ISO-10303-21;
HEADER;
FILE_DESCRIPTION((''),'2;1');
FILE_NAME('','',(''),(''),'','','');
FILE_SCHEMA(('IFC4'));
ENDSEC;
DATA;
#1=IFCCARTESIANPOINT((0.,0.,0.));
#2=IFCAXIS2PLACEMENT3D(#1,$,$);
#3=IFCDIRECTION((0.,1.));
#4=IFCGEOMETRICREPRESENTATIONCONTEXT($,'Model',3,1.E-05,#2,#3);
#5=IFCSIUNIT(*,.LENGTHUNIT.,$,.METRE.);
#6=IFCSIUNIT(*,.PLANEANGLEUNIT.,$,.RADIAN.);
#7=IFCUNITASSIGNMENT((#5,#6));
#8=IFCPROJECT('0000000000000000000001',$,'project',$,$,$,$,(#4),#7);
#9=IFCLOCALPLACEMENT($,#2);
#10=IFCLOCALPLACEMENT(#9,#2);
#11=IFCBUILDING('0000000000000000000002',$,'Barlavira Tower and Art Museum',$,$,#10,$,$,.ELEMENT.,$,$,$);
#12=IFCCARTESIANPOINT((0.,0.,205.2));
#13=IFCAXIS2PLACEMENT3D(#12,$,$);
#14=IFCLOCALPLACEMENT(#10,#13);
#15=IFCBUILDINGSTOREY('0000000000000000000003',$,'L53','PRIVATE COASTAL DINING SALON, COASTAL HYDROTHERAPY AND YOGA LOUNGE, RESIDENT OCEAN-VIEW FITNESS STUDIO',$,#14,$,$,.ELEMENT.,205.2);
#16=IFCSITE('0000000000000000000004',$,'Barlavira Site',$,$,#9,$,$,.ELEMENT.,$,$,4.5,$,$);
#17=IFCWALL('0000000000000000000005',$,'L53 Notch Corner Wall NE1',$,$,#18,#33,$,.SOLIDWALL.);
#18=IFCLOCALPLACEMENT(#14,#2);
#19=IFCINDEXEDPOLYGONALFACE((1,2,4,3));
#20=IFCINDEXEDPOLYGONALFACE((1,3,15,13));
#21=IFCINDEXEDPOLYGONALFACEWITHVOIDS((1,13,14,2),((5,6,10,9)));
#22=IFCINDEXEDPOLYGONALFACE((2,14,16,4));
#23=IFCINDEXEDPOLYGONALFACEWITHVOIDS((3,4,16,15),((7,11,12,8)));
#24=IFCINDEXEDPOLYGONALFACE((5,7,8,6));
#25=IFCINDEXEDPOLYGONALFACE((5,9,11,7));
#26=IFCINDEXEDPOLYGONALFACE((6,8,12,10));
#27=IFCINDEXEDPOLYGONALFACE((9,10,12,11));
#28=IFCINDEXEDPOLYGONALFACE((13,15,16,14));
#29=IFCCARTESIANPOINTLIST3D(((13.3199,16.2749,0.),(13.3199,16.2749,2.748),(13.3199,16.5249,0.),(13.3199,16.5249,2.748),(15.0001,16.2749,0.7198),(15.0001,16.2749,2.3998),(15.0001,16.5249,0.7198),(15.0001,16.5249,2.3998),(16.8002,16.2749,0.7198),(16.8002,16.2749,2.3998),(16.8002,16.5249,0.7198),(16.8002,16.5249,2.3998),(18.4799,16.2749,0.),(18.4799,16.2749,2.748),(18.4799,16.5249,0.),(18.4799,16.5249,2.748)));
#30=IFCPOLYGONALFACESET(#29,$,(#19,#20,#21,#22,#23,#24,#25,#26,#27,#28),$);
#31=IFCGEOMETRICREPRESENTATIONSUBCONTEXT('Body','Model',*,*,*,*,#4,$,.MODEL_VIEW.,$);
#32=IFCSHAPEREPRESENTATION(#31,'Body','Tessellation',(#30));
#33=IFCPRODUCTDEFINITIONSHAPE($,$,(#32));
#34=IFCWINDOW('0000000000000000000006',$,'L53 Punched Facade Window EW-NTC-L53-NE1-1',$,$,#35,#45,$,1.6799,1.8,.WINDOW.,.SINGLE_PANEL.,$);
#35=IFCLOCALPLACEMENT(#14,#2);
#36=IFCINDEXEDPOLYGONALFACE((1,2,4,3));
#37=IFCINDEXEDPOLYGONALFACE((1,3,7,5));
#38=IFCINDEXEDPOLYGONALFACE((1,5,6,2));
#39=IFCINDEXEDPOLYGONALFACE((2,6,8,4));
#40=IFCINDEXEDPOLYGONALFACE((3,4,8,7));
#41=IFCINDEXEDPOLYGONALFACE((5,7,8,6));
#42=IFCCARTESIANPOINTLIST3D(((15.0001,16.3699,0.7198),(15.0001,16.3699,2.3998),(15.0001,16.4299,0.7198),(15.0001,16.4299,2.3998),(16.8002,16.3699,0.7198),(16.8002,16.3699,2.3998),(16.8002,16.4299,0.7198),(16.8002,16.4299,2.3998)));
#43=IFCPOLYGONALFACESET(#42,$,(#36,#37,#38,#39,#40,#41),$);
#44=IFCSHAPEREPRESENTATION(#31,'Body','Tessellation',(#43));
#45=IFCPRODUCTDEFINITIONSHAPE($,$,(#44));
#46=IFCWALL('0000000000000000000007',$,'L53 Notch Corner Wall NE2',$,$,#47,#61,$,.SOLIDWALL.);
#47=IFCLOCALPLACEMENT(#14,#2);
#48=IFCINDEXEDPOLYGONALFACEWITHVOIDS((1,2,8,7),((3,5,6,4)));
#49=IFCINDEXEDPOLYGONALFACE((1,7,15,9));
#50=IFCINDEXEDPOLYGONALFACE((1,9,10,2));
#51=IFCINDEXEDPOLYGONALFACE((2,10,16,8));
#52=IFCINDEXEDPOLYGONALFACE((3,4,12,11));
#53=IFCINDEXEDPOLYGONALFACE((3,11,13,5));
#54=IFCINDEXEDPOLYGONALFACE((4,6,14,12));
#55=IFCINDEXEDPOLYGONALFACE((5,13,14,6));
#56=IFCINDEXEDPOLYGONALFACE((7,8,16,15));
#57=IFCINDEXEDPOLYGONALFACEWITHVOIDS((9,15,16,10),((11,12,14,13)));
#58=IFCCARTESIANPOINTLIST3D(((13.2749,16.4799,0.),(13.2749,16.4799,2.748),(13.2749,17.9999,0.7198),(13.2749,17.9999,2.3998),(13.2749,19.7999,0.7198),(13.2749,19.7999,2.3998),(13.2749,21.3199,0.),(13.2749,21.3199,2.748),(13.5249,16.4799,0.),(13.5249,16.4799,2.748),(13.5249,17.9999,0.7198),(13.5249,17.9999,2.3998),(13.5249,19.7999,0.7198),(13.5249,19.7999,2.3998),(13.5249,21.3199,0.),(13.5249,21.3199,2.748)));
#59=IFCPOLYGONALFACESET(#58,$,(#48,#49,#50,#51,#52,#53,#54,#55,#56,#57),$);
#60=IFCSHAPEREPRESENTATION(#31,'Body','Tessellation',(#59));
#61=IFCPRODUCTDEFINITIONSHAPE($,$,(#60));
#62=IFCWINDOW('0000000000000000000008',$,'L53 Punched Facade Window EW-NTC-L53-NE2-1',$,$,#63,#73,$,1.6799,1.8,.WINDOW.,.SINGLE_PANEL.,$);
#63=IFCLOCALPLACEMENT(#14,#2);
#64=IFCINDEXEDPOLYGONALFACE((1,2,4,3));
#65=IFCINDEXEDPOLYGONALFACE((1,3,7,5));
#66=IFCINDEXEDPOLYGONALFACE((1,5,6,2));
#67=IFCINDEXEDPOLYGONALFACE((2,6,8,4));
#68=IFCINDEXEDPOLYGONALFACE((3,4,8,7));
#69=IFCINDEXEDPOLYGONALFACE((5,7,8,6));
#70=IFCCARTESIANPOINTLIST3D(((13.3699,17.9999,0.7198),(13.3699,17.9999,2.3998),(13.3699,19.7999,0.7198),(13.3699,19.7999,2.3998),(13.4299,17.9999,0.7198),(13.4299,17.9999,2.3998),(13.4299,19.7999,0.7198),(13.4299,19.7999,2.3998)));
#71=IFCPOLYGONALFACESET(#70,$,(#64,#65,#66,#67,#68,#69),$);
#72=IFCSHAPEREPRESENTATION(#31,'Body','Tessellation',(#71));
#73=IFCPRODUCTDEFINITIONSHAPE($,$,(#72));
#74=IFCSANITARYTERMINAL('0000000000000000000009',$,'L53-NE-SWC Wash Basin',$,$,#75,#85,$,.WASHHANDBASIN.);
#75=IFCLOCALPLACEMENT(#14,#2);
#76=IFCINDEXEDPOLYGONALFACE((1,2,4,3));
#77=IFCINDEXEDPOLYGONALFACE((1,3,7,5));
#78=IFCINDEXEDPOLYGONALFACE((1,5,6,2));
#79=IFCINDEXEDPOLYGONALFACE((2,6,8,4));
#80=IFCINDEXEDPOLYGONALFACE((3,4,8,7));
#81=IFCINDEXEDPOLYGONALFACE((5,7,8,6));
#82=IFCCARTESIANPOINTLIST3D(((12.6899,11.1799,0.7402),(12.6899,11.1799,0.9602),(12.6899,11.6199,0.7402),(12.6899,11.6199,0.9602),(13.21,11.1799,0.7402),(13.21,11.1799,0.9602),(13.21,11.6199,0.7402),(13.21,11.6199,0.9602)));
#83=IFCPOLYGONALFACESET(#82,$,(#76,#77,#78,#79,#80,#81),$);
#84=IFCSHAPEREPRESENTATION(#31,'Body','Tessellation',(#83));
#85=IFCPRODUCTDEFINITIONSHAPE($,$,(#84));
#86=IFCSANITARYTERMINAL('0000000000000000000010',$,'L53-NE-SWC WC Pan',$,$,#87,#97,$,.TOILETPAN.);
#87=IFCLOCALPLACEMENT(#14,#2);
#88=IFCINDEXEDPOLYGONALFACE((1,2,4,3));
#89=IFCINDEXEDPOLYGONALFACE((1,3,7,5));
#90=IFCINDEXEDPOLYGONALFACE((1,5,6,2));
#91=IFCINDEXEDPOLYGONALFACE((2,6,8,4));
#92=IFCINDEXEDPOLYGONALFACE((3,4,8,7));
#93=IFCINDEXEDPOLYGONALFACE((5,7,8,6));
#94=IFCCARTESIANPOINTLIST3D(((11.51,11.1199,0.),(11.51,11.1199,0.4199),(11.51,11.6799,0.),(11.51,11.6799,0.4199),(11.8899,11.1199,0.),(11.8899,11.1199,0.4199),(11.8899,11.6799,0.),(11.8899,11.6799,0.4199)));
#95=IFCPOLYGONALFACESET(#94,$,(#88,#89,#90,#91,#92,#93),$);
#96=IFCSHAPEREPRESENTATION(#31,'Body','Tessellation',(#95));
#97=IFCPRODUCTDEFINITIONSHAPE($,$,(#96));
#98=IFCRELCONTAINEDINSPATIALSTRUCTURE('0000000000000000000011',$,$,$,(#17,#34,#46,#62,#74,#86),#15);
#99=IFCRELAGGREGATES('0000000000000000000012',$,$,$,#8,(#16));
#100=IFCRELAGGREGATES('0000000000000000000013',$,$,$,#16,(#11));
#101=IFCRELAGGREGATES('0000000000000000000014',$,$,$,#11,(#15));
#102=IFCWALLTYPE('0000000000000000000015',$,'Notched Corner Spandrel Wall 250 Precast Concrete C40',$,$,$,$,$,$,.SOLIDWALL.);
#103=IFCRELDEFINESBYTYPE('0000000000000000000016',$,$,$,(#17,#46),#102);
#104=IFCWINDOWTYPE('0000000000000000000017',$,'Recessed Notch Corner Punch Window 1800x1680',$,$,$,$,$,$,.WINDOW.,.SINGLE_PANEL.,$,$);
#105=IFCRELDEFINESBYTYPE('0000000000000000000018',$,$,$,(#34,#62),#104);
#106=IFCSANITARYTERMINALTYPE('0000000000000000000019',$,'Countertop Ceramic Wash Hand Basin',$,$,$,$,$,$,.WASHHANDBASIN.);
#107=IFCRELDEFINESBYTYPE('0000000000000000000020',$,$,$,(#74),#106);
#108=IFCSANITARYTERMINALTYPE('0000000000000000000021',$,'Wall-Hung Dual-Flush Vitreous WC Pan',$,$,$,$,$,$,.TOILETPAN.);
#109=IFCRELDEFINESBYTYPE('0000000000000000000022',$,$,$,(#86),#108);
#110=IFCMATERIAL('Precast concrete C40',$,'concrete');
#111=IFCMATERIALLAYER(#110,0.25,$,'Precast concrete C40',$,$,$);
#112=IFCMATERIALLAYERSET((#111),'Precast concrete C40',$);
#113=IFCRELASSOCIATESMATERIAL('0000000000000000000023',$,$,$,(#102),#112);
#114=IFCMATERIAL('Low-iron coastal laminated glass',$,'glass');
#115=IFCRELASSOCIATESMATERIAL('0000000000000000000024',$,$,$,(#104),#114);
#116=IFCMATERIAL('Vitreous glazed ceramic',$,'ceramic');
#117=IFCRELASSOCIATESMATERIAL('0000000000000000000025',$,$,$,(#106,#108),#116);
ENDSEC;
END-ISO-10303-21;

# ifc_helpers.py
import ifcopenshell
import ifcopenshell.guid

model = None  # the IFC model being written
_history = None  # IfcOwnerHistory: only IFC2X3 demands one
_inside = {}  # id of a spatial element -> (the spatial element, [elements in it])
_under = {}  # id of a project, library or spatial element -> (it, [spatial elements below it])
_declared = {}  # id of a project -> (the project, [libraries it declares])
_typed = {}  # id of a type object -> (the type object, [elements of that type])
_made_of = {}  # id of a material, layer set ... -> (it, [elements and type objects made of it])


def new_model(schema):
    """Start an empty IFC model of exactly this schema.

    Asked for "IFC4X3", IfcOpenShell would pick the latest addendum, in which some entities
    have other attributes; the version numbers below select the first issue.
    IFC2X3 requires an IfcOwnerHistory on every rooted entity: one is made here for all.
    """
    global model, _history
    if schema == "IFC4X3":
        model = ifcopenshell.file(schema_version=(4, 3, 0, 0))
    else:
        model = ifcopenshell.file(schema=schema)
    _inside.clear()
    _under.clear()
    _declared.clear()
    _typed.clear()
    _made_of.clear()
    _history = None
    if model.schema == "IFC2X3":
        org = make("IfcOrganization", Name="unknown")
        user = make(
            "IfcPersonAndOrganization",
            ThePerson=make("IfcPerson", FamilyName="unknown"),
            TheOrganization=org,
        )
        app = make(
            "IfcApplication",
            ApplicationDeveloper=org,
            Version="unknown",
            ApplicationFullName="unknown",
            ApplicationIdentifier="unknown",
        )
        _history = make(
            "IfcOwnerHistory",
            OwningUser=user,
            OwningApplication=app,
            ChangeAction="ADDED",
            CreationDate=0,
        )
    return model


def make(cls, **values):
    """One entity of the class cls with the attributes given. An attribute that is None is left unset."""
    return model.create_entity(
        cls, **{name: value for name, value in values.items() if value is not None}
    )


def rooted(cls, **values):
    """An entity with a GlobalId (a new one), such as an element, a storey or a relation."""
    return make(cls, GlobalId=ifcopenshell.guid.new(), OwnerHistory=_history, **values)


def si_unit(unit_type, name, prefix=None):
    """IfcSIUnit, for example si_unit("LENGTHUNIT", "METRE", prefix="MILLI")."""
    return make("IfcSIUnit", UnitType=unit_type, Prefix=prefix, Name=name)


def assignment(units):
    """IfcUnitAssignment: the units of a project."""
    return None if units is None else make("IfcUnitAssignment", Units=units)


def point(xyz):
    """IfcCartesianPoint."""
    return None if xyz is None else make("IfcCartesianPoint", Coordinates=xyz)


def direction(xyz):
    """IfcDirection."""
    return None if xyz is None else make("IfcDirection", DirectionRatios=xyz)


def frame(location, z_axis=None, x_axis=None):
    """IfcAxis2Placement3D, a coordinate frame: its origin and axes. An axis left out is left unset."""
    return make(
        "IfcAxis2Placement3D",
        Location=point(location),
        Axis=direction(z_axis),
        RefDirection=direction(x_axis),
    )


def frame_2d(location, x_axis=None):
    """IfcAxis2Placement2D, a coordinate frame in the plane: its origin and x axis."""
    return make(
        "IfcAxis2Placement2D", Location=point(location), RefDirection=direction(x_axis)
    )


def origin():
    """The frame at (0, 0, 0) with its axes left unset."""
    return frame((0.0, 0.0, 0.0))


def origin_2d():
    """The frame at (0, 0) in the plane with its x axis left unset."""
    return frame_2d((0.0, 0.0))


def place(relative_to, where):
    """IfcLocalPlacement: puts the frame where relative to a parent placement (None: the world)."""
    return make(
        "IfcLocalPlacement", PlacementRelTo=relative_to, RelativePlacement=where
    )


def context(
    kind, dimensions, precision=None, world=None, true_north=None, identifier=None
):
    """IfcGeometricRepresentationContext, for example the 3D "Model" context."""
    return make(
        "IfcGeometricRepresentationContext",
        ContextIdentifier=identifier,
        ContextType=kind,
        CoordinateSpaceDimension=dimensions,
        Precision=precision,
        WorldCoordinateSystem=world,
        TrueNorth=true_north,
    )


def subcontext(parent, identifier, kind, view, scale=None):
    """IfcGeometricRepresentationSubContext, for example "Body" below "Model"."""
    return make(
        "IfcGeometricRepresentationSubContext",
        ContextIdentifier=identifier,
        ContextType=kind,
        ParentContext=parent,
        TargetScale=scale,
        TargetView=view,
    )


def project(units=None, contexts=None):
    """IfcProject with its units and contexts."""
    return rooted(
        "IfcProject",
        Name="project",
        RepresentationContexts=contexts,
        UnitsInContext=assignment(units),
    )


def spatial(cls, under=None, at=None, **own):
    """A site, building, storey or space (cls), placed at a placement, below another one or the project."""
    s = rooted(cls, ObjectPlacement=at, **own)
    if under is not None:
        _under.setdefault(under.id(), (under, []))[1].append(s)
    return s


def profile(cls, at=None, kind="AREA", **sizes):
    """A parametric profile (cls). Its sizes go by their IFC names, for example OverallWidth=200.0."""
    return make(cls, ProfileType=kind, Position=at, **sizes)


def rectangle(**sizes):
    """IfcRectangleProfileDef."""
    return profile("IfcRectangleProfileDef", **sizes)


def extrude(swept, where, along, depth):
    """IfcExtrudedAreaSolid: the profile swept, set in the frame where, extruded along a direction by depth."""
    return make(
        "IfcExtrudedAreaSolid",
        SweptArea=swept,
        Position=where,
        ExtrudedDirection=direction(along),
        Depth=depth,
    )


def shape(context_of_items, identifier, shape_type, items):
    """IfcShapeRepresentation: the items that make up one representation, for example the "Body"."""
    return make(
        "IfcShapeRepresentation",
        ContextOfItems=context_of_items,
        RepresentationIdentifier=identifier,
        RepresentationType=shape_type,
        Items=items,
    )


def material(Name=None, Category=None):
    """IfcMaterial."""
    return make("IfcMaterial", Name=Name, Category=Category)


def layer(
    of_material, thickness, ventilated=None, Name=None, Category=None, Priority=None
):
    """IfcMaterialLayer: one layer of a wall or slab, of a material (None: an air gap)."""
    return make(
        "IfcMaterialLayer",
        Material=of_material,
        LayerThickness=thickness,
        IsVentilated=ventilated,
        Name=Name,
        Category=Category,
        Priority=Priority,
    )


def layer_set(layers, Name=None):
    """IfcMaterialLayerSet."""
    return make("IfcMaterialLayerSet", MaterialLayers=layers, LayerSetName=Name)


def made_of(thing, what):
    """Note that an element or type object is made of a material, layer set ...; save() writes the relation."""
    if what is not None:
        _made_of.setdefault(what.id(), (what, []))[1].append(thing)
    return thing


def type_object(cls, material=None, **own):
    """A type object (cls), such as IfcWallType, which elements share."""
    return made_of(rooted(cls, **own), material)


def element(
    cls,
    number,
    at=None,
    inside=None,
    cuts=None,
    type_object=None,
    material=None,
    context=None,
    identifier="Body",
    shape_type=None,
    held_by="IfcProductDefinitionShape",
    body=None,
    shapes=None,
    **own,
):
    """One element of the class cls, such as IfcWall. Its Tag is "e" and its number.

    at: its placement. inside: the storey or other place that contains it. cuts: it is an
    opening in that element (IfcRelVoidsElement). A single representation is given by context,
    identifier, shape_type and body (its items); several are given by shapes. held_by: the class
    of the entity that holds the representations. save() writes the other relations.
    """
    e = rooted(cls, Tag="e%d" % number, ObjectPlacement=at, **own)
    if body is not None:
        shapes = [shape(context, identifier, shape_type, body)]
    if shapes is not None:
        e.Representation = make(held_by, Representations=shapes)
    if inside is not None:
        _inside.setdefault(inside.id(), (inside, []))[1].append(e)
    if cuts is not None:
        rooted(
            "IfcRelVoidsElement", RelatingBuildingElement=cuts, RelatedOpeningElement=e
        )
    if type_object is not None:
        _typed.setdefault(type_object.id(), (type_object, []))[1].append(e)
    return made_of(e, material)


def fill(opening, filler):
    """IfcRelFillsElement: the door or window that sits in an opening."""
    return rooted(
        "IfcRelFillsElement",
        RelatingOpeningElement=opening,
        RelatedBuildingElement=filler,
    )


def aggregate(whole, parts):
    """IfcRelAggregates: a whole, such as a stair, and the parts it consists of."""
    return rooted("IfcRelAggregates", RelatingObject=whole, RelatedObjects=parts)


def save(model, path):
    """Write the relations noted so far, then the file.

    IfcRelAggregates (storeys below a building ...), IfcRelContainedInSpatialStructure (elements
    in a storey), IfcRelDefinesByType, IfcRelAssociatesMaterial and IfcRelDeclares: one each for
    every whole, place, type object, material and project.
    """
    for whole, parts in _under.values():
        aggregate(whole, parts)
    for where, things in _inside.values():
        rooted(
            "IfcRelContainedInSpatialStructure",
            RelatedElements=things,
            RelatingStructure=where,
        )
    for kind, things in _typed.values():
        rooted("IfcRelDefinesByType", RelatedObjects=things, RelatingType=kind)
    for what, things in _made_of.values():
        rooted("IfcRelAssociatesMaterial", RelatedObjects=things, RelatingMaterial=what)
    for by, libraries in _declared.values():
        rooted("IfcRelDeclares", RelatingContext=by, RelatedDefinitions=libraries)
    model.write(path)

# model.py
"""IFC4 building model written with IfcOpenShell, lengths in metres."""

from ifc_helpers import new_model, si_unit, direction, frame, frame_2d, origin, origin_2d, place, context, subcontext, project, spatial, rectangle, extrude, material, layer, layer_set, type_object, element, fill, save


model = new_model("IFC4")

# Units and contexts
model_context = context("Model", 3, precision=1e-05, world=origin(), true_north=direction((0.0, 1.0)))
body_context = subcontext(model_context, "Body", "Model", "MODEL_VIEW")
ifc_project = project(units=[si_unit("LENGTHUNIT", "METRE"), si_unit("PLANEANGLEUNIT", "RADIAN")], contexts=[model_context])

# Site, building, storey
site_placement = place(None, origin())
site = spatial("IfcSite", under=ifc_project, at=site_placement, Name="Barlavira Site", CompositionType="ELEMENT", RefElevation=4.5)
building_placement = place(site_placement, origin())
building = spatial("IfcBuilding", under=site, at=building_placement, Name="Barlavira Tower and Art Museum", CompositionType="ELEMENT")
storey_placement = place(building_placement, frame((0.0, 0.0, 205.2)))
storey = spatial("IfcBuildingStorey", under=building, at=storey_placement, Name="L53", Description="PRIVATE COASTAL DINING SALON, COASTAL HYDROTHERAPY AND YOGA LOUNGE, RESIDENT OCEAN-VIEW FITNESS STUDIO", CompositionType="ELEMENT", Elevation=205.2)

# Walls, openings, windows
ifc_material_1 = material(Name="Precast concrete C40", Category="concrete")
ifc_layer_1 = layer(ifc_material_1, 0.25, Name="Precast concrete C40")
ifc_layer_set_1 = layer_set([ifc_layer_1], Name="Precast concrete C40")
wall_type_1 = type_object("IfcWallType", Name="Notched Corner Spandrel Wall 250 Precast Concrete C40", PredefinedType="SOLIDWALL", material=ifc_layer_set_1)
ifc_material_2 = material(Name="Low-iron coastal laminated glass", Category="glass")
window_type_1 = type_object("IfcWindowType", Name="Recessed Notch Corner Punch Window 1800x1680", PartitioningType="SINGLE_PANEL", PredefinedType="WINDOW", material=ifc_material_2)
wall_1_placement = place(storey_placement, frame((18.48, 16.3999, 0.0), z_axis=(0.0, 0.0, 1.0), x_axis=(-1.0, 0.0, 0.0)))
wall_1 = element("IfcWall", 1, at=wall_1_placement, inside=storey, type_object=wall_type_1, Name="L53 Notch Corner Wall NE1", PredefinedType="SOLIDWALL", context=body_context, shape_type="SweptSolid", body=[
    extrude(rectangle(XDim=5.1599, YDim=0.25, at=frame_2d((2.5801, 0.0))), origin(), (0.0, 0.0, 1.0), 2.748),
])
opening_1_placement = place(wall_1_placement, frame((1.6799, 0.0, 0.72)))
opening_1 = element("IfcOpeningElement", 2, at=opening_1_placement, cuts=wall_1, PredefinedType="OPENING", context=body_context, shape_type="SweptSolid", body=[
    extrude(rectangle(XDim=1.8, YDim=1.6799, at=frame_2d((0.8999, 0.8398))), frame((0.0, 0.135, 0.0), z_axis=(0.0, -1.0, 0.0), x_axis=(1.0, 0.0, 0.0)), (0.0, 0.0, 1.0), 0.27),
])
window_1_placement = place(opening_1_placement, origin())
window_1 = element("IfcWindow", 3, at=window_1_placement, inside=storey, type_object=window_type_1, Name="L53 Punched Facade Window EW-NTC-L53-NE1-1", OverallHeight=1.6799, OverallWidth=1.8, PartitioningType="SINGLE_PANEL", PredefinedType="WINDOW", context=body_context, shape_type="SweptSolid", body=[
    extrude(rectangle(XDim=1.8, YDim=1.6799, at=frame_2d((0.8999, 0.8398))), frame((0.0, 0.03, 0.0), z_axis=(0.0, -1.0, 0.0), x_axis=(1.0, 0.0, 0.0)), (0.0, 0.0, 1.0), 0.0601),
])
fill(opening_1, window_1)
wall_2_placement = place(storey_placement, frame((13.3999, 16.48, 0.0), z_axis=(0.0, 0.0, 1.0), x_axis=(0.0, 1.0, 0.0)))
wall_2 = element("IfcWall", 4, at=wall_2_placement, inside=storey, type_object=wall_type_1, Name="L53 Notch Corner Wall NE2", PredefinedType="SOLIDWALL", context=body_context, shape_type="SweptSolid", body=[
    extrude(rectangle(XDim=4.8401, YDim=0.25, at=frame_2d((2.4199, 0.0))), origin(), (0.0, 0.0, 1.0), 2.748),
])
opening_2_placement = place(wall_2_placement, frame((1.52, 0.0, 0.72)))
opening_2 = element("IfcOpeningElement", 5, at=opening_2_placement, cuts=wall_2, PredefinedType="OPENING", context=body_context, shape_type="SweptSolid", body=[
    extrude(rectangle(XDim=1.8, YDim=1.6799, at=frame_2d((0.8999, 0.8398))), frame((0.0, 0.135, 0.0), z_axis=(0.0, -1.0, 0.0), x_axis=(1.0, 0.0, 0.0)), (0.0, 0.0, 1.0), 0.27),
])
window_2_placement = place(opening_2_placement, origin())
window_2 = element("IfcWindow", 6, at=window_2_placement, inside=storey, type_object=window_type_1, Name="L53 Punched Facade Window EW-NTC-L53-NE2-1", OverallHeight=1.6799, OverallWidth=1.8, PartitioningType="SINGLE_PANEL", PredefinedType="WINDOW", context=body_context, shape_type="SweptSolid", body=[
    extrude(rectangle(XDim=1.8, YDim=1.6799, at=frame_2d((0.8999, 0.8398))), frame((0.0, 0.03, 0.0), z_axis=(0.0, -1.0, 0.0), x_axis=(1.0, 0.0, 0.0)), (0.0, 0.0, 1.0), 0.0601),
])
fill(opening_2, window_2)

# Sanitary terminals
ifc_material_3 = material(Name="Vitreous glazed ceramic", Category="ceramic")
sanitary_terminal_type_1 = type_object("IfcSanitaryTerminalType", Name="Countertop Ceramic Wash Hand Basin", PredefinedType="WASHHANDBASIN", material=ifc_material_3)
sanitary_terminal_1_placement = place(storey_placement, frame((12.95, 11.3999, 0.7402), z_axis=(0.0, 0.0, 1.0), x_axis=(1.0, 0.0, 0.0)))
element("IfcSanitaryTerminal", 7, at=sanitary_terminal_1_placement, inside=storey, type_object=sanitary_terminal_type_1, Name="L53-NE-SWC Wash Basin", PredefinedType="WASHHANDBASIN", context=body_context, shape_type="SweptSolid", body=[
    extrude(rectangle(XDim=0.52, YDim=0.4399, at=origin_2d()), origin(), (0.0, 0.0, 1.0), 0.22),
])
sanitary_terminal_type_2 = type_object("IfcSanitaryTerminalType", Name="Wall-Hung Dual-Flush Vitreous WC Pan", PredefinedType="TOILETPAN", material=ifc_material_3)
sanitary_terminal_2_placement = place(storey_placement, frame((11.7, 11.3999, 0.0), z_axis=(0.0, 0.0, 1.0), x_axis=(1.0, 0.0, 0.0)))
element("IfcSanitaryTerminal", 8, at=sanitary_terminal_2_placement, inside=storey, type_object=sanitary_terminal_type_2, Name="L53-NE-SWC WC Pan", PredefinedType="TOILETPAN", context=body_context, shape_type="SweptSolid", body=[
    extrude(rectangle(XDim=0.3799, YDim=0.5601, at=origin_2d()), origin(), (0.0, 0.0, 1.0), 0.4199),
])

save(model, "model.ifc")
